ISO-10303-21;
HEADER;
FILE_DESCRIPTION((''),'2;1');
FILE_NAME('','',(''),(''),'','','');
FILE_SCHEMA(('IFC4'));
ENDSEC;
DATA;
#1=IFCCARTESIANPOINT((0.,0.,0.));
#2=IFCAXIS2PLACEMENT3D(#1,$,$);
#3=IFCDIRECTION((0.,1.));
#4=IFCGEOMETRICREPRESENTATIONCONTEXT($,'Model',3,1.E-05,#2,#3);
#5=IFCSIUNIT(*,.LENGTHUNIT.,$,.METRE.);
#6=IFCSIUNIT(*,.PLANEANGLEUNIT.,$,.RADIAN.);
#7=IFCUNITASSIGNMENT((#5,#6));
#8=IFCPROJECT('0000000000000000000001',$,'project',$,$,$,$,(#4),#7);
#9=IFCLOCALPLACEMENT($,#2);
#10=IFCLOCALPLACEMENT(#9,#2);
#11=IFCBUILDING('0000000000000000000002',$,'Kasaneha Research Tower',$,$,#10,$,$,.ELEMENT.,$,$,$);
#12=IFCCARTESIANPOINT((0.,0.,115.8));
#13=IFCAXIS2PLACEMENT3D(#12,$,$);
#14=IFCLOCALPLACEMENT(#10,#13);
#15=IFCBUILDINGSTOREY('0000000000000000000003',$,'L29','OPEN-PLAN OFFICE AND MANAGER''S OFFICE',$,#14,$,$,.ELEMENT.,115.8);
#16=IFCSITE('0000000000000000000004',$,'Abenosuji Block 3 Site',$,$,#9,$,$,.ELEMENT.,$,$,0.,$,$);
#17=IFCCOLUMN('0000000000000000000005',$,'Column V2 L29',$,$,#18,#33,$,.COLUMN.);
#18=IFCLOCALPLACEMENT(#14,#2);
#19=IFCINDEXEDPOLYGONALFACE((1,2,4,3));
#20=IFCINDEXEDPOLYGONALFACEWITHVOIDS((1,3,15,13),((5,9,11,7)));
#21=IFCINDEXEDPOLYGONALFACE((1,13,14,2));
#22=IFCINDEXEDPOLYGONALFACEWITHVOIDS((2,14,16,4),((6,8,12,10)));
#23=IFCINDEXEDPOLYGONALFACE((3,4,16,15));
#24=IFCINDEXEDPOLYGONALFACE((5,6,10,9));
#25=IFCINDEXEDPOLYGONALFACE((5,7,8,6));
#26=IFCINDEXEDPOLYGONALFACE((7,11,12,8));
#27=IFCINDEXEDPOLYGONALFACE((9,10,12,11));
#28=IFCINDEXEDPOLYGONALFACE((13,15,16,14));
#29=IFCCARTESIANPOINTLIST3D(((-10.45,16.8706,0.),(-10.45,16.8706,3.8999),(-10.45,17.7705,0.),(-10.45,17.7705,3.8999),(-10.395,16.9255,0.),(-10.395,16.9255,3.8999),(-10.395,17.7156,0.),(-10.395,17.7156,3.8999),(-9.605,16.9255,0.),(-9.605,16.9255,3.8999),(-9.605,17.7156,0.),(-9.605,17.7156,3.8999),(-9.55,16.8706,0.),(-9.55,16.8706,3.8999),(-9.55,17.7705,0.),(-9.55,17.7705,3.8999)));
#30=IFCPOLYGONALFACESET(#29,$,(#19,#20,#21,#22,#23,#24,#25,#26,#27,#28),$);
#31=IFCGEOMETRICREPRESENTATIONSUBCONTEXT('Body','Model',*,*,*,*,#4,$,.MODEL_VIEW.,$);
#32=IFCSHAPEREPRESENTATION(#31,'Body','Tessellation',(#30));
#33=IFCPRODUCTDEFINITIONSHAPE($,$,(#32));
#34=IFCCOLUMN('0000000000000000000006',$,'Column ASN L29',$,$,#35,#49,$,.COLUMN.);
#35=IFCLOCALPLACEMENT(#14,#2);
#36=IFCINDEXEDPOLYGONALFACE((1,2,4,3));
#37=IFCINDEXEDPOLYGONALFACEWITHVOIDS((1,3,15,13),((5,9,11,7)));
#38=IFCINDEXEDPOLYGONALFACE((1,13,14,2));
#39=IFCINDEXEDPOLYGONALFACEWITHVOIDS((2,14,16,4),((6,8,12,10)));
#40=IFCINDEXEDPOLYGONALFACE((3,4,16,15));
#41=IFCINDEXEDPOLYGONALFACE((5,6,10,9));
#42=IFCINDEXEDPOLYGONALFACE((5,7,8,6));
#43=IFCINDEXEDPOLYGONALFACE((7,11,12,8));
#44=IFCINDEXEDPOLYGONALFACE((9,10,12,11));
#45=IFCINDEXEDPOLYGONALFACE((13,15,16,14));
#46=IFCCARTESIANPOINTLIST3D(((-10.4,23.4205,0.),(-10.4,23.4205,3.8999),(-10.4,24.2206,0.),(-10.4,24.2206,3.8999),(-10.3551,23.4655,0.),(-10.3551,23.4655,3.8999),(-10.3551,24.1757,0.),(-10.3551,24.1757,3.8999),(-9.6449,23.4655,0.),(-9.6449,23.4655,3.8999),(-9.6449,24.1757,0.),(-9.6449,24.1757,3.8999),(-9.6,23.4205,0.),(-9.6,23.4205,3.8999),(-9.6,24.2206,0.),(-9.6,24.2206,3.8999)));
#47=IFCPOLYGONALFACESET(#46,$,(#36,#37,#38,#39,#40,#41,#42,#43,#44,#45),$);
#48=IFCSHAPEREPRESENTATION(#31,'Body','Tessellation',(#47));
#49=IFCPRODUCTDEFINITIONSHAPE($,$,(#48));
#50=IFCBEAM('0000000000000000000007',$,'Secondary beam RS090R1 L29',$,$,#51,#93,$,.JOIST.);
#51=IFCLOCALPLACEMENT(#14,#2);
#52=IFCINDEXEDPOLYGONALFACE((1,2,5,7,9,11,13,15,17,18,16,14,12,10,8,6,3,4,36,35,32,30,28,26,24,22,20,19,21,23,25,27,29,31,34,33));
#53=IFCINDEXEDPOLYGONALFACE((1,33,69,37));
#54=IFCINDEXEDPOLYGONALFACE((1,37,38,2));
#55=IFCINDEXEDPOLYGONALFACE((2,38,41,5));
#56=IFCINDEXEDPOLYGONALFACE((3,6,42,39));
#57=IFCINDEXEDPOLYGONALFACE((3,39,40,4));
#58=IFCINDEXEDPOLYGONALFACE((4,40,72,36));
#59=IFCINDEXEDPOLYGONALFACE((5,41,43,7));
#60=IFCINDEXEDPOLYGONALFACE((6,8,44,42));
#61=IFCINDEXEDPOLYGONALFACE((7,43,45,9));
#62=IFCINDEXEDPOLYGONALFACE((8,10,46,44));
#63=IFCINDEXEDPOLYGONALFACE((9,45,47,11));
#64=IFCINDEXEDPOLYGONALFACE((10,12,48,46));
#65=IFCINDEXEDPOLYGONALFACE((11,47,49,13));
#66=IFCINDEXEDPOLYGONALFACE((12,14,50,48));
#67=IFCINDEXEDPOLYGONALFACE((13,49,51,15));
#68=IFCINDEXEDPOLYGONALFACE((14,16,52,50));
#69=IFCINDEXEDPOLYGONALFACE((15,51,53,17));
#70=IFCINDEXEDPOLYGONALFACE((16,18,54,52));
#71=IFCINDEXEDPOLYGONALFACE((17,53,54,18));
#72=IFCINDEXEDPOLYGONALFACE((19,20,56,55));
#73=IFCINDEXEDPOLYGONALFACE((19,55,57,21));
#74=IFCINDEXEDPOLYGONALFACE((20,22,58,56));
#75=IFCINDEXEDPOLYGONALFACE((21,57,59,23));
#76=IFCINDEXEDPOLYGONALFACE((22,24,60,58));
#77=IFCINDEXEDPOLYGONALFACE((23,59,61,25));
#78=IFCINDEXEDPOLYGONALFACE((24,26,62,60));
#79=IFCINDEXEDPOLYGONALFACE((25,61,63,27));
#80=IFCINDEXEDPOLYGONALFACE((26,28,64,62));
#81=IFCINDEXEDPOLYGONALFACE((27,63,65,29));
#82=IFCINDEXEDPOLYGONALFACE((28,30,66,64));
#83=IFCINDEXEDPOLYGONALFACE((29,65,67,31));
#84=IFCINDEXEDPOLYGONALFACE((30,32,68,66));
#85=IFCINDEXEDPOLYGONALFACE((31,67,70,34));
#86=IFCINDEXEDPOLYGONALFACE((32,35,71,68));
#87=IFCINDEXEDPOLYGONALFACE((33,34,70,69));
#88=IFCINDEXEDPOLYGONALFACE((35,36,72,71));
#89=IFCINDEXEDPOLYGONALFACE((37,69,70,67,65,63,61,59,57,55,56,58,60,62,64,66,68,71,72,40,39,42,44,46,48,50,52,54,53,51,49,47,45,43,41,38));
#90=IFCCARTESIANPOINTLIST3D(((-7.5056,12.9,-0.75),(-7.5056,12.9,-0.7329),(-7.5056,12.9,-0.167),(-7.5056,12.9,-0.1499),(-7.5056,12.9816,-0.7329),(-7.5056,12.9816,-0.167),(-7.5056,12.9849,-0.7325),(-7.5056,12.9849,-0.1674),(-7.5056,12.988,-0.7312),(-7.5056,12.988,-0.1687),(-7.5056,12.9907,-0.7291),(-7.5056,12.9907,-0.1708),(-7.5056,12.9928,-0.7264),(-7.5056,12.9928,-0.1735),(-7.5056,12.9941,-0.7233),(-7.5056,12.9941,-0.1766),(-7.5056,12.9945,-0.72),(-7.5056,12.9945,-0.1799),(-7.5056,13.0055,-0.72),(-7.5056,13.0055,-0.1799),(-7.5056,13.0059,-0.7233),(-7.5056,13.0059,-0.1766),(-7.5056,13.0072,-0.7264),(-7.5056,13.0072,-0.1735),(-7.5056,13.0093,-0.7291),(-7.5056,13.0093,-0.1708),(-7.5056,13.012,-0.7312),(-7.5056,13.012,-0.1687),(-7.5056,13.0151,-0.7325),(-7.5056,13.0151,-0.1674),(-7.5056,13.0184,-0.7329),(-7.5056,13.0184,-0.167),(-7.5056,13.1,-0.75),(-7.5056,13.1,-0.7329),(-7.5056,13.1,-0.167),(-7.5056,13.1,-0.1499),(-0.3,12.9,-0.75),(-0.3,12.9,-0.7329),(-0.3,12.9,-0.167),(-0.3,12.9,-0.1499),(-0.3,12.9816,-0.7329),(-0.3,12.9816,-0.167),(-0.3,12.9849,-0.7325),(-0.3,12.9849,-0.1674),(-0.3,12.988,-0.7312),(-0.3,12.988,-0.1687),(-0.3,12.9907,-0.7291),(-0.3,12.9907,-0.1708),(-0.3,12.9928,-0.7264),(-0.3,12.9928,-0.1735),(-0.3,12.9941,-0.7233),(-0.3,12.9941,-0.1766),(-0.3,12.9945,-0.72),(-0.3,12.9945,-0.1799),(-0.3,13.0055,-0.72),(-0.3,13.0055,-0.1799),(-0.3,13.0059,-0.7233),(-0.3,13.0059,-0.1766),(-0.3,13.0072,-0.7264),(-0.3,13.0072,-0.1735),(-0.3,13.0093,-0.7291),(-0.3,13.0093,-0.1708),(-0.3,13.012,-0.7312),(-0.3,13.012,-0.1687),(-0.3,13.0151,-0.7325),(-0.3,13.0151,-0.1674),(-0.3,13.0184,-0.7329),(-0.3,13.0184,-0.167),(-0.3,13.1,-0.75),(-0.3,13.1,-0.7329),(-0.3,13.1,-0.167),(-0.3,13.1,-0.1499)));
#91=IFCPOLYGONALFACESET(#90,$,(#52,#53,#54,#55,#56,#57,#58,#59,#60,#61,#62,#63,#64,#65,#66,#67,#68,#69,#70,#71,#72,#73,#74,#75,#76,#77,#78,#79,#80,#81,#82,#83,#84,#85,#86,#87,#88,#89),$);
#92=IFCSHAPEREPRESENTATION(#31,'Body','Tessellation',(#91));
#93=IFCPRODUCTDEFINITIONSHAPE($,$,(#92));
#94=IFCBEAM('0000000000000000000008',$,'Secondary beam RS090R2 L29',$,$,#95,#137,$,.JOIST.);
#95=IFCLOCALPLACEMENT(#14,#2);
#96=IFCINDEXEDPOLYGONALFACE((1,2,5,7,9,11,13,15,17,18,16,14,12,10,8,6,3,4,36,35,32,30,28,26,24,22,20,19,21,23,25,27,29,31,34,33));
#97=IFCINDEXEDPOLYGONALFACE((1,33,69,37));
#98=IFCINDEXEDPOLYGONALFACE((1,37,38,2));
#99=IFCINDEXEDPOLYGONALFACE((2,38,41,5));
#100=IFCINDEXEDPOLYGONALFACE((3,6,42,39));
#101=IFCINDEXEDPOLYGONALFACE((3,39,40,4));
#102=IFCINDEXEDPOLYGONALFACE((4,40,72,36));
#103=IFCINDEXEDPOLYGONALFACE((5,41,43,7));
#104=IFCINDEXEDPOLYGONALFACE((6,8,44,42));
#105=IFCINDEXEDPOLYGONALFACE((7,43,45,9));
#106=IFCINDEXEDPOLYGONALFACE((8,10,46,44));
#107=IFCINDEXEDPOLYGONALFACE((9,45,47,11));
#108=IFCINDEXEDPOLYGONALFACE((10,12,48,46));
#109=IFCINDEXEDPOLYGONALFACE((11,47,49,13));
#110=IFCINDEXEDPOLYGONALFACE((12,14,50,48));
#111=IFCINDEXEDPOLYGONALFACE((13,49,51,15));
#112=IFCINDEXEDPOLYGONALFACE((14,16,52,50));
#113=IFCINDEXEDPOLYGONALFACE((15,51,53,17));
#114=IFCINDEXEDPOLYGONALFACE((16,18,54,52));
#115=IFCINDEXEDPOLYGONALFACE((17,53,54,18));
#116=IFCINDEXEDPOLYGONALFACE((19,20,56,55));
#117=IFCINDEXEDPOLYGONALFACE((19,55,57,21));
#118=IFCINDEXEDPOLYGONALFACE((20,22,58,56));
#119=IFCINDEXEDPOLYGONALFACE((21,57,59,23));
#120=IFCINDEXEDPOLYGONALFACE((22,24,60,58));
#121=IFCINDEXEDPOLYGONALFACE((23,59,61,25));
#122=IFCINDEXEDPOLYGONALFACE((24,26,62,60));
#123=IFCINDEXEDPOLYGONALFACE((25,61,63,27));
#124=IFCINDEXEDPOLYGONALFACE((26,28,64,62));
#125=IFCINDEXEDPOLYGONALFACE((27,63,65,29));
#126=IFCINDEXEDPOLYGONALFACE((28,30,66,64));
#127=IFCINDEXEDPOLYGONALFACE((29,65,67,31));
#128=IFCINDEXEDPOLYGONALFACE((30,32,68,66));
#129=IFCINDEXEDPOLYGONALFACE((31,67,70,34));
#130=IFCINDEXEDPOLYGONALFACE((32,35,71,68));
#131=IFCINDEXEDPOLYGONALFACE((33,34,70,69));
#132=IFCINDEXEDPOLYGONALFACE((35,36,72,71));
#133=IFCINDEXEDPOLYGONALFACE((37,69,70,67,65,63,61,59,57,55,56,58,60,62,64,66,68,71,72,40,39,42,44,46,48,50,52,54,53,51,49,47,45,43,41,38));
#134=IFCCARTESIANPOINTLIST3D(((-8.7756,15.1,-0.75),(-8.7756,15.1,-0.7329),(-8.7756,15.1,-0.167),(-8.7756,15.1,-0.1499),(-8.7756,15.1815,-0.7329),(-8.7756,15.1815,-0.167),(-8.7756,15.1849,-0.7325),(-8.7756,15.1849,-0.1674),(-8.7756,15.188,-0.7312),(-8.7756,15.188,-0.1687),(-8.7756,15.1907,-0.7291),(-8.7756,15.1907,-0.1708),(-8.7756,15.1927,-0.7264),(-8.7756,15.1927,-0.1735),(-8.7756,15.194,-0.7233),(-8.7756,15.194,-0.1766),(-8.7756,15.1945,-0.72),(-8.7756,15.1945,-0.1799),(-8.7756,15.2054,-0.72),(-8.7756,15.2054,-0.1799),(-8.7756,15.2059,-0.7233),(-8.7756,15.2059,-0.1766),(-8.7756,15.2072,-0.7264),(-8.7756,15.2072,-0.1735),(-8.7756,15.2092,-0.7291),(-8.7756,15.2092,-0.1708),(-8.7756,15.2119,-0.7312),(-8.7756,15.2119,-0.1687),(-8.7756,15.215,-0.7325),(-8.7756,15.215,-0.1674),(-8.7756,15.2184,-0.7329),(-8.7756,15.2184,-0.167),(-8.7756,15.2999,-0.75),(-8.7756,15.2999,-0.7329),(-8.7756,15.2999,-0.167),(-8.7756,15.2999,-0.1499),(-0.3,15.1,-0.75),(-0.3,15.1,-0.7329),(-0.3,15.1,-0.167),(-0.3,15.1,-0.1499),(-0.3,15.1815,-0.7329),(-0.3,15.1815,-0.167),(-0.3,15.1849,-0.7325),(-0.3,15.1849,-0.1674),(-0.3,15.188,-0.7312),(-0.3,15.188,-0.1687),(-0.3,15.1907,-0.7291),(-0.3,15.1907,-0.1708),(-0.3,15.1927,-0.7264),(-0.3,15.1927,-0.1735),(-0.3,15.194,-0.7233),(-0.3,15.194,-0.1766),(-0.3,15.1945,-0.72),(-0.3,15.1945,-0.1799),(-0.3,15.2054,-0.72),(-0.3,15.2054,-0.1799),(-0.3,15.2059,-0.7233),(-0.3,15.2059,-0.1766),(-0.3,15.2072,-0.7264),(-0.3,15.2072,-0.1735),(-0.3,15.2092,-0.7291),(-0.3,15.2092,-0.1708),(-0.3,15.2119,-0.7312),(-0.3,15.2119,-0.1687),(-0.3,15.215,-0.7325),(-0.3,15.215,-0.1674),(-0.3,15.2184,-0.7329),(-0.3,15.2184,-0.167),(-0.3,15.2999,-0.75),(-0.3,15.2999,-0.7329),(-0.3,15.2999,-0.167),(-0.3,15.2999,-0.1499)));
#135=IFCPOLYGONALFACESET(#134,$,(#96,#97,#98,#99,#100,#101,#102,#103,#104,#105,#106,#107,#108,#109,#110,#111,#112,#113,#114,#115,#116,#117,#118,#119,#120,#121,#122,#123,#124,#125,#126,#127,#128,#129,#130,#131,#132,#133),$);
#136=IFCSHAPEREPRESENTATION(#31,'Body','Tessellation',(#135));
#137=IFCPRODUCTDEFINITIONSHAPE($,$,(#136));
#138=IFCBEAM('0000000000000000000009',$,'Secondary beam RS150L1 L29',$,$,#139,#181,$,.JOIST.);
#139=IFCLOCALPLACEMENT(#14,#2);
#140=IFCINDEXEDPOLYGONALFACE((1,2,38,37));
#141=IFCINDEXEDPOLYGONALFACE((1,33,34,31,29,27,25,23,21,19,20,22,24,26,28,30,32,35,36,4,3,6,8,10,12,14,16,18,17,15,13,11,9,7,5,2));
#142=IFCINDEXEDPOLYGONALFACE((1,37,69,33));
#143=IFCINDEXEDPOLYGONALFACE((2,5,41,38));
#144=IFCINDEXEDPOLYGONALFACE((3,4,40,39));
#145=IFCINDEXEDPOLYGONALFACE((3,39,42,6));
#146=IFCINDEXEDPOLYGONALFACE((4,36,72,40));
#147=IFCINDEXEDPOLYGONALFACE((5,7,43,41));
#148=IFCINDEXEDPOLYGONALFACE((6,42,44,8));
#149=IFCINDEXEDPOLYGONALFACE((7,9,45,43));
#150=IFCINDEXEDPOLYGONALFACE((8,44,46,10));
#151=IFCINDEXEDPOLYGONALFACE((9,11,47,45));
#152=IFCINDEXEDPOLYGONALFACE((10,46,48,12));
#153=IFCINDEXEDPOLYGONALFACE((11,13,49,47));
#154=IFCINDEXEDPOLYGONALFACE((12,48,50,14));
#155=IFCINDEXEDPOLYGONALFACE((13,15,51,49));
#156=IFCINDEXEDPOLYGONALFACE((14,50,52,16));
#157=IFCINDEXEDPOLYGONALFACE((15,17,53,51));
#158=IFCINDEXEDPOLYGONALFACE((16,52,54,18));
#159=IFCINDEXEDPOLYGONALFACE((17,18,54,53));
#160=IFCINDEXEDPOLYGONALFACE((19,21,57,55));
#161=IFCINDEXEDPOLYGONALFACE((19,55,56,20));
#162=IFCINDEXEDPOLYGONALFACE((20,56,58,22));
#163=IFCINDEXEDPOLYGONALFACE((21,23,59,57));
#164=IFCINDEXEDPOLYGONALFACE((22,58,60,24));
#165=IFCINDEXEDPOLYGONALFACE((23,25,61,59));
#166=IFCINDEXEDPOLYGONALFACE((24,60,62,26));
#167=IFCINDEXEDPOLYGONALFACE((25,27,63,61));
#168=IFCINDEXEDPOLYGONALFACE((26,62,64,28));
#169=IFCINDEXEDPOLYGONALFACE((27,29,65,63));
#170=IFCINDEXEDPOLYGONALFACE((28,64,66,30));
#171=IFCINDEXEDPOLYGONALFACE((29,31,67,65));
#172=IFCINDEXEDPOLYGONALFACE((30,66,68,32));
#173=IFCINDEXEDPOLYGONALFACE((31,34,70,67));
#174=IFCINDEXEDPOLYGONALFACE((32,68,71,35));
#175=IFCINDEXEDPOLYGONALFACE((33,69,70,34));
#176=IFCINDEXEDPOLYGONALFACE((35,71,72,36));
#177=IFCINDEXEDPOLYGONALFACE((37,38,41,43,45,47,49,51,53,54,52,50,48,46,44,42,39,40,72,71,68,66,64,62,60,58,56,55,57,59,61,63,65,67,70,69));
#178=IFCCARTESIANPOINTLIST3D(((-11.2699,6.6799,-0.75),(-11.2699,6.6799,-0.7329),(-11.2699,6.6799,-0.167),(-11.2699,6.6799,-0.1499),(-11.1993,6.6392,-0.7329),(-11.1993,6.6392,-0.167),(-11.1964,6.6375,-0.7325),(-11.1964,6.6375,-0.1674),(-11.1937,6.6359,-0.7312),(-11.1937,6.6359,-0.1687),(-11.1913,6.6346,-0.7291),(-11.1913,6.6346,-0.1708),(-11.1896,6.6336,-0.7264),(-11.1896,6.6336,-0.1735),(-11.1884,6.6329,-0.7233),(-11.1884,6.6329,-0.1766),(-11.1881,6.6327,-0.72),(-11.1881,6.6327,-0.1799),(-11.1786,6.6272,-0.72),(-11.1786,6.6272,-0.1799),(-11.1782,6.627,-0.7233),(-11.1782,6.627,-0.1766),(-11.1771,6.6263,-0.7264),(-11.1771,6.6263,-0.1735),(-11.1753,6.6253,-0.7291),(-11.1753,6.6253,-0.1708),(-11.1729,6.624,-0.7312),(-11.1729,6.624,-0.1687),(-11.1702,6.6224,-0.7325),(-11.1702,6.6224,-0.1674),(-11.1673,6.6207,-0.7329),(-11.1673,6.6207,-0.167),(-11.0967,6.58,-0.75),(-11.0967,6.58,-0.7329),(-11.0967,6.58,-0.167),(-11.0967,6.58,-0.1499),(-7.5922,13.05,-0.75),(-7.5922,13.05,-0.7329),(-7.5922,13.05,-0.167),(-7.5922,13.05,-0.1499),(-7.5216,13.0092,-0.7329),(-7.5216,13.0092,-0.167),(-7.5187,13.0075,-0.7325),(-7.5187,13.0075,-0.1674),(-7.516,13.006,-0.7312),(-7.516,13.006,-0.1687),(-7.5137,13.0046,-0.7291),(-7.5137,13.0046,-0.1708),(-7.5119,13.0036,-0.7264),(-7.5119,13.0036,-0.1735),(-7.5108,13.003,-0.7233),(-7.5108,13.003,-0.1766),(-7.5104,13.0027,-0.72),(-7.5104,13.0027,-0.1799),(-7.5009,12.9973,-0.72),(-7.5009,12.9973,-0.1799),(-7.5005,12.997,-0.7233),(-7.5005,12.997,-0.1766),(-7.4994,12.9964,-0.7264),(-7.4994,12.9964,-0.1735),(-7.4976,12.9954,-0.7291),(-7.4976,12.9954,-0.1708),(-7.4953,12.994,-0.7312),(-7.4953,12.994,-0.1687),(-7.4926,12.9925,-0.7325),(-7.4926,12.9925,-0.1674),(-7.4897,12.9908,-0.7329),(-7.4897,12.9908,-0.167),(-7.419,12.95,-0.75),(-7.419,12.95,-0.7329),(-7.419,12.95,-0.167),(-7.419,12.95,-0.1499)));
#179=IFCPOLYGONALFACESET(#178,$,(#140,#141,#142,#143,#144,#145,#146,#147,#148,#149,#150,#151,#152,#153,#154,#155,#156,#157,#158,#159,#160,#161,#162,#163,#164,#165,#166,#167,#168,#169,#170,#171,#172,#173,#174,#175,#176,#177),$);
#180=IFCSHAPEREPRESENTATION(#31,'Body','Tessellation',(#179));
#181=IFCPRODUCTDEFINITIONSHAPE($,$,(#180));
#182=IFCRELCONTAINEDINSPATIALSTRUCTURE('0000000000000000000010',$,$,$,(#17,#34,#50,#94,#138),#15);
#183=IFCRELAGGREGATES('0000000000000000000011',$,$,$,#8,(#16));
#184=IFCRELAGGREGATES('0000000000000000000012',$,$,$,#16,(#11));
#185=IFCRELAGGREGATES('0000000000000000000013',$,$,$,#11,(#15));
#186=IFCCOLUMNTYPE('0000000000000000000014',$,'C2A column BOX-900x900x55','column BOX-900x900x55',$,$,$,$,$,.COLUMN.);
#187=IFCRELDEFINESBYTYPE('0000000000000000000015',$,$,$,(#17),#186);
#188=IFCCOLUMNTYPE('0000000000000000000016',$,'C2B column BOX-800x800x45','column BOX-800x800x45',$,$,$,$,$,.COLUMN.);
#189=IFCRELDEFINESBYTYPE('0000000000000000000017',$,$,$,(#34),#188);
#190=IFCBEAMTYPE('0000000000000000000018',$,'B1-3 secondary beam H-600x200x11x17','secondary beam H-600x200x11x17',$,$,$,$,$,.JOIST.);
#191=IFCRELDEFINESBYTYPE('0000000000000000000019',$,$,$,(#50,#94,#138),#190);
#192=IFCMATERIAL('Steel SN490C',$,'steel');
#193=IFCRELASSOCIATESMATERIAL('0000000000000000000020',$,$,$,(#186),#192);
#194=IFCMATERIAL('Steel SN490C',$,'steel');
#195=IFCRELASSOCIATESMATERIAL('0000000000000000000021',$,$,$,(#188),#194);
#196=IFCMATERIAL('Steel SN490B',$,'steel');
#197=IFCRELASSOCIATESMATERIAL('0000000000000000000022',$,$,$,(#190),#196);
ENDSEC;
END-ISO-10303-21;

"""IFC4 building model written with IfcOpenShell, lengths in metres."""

from ifc_helpers import new_model, si_unit, direction, frame, origin, origin_2d, place, context, subcontext, project, spatial, hollow_rectangle, i_section, extrude, material, material_profile, profile_set, type_object, element, save


model = new_model("IFC4")

# Units and contexts
model_context = context("Model", 3, precision=1e-05, world=origin(), true_north=direction((0.0, 1.0)))
body_context = subcontext(model_context, "Body", "Model", "MODEL_VIEW")
ifc_project = project(units=[si_unit("LENGTHUNIT", "METRE"), si_unit("PLANEANGLEUNIT", "RADIAN")], contexts=[model_context])

# Site, building, storey
site_placement = place(None, origin())
site = spatial("IfcSite", under=ifc_project, at=site_placement, Name="Abenosuji Block 3 Site", CompositionType="ELEMENT", RefElevation=0.0)
building_placement = place(site_placement, origin())
building = spatial("IfcBuilding", under=site, at=building_placement, Name="Kasaneha Research Tower", CompositionType="ELEMENT")
storey_placement = place(building_placement, frame((0.0, 0.0, 115.8)))
storey = spatial("IfcBuildingStorey", under=building, at=storey_placement, Name="L29", Description="OPEN-PLAN OFFICE AND MANAGER'S OFFICE", CompositionType="ELEMENT", Elevation=115.8)

# Columns
ifc_material_1 = material(Name="Steel SN490C", Category="steel")
ifc_material_profile_1 = material_profile(ifc_material_1, hollow_rectangle(XDim=0.8999, YDim=0.8999, WallThickness=0.0549, at=origin_2d()), Name="BOX-900x900x55")
ifc_profile_set_1 = profile_set([ifc_material_profile_1], Name="Steel SN490C")
column_type_1 = type_object("IfcColumnType", Name="C2A column BOX-900x900x55", Description="column BOX-900x900x55", PredefinedType="COLUMN", material=ifc_profile_set_1)
column_1_placement = place(storey_placement, frame((-10.0, 17.3206, 0.0), z_axis=(0.0, 0.0, 1.0), x_axis=(1.0, 0.0, 0.0)))
element("IfcColumn", 1, at=column_1_placement, inside=storey, type_object=column_type_1, Name="Column V2 L29", PredefinedType="COLUMN", context=body_context, shape_type="SweptSolid", body=[
    extrude(hollow_rectangle(XDim=0.8999, YDim=0.8999, WallThickness=0.0549, at=origin_2d()), origin(), (0.0, 0.0, 1.0), 3.8999),
])
ifc_material_2 = material(Name="Steel SN490C", Category="steel")
ifc_material_profile_2 = material_profile(ifc_material_2, hollow_rectangle(XDim=0.8, YDim=0.8, WallThickness=0.0449, at=origin_2d()), Name="BOX-800x800x45")
ifc_profile_set_2 = profile_set([ifc_material_profile_2], Name="Steel SN490C")
column_type_2 = type_object("IfcColumnType", Name="C2B column BOX-800x800x45", Description="column BOX-800x800x45", PredefinedType="COLUMN", material=ifc_profile_set_2)
column_2_placement = place(storey_placement, frame((-10.0, 23.8206, 0.0), z_axis=(0.0, 0.0, 1.0), x_axis=(1.0, 0.0, 0.0)))
element("IfcColumn", 2, at=column_2_placement, inside=storey, type_object=column_type_2, Name="Column ASN L29", PredefinedType="COLUMN", context=body_context, shape_type="SweptSolid", body=[
    extrude(hollow_rectangle(XDim=0.8, YDim=0.8, WallThickness=0.0449, at=origin_2d()), origin(), (0.0, 0.0, 1.0), 3.8999),
])

# Beams
ifc_material_3 = material(Name="Steel SN490B", Category="steel")
ifc_material_profile_3 = material_profile(ifc_material_3, i_section(OverallWidth=0.2, OverallDepth=0.6001, WebThickness=0.011, FlangeThickness=0.0171, FilletRadius=0.0129, at=origin_2d()), Name="H-600x200x11x17")
ifc_profile_set_3 = profile_set([ifc_material_profile_3], Name="Steel SN490B")
beam_type_1 = type_object("IfcBeamType", Name="B1-3 secondary beam H-600x200x11x17", Description="secondary beam H-600x200x11x17", PredefinedType="JOIST", material=ifc_profile_set_3)
beam_1_placement = place(storey_placement, frame((-7.5056, 13.0, -0.45), z_axis=(1.0, 0.0, 0.0), x_axis=(0.0, 1.0, 0.0)))
element("IfcBeam", 3, at=beam_1_placement, inside=storey, type_object=beam_type_1, Name="Secondary beam RS090R1 L29", PredefinedType="JOIST", context=body_context, shape_type="SweptSolid", body=[
    extrude(i_section(OverallWidth=0.2, OverallDepth=0.6001, WebThickness=0.011, FlangeThickness=0.0171, FilletRadius=0.0129, at=origin_2d()), origin(), (0.0, 0.0, 1.0), 7.2056),
])
beam_2_placement = place(storey_placement, frame((-8.7756, 15.2, -0.45), z_axis=(1.0, 0.0, 0.0), x_axis=(0.0, 1.0, 0.0)))
element("IfcBeam", 4, at=beam_2_placement, inside=storey, type_object=beam_type_1, Name="Secondary beam RS090R2 L29", PredefinedType="JOIST", context=body_context, shape_type="SweptSolid", body=[
    extrude(i_section(OverallWidth=0.2, OverallDepth=0.6001, WebThickness=0.011, FlangeThickness=0.0171, FilletRadius=0.0129, at=origin_2d()), origin(), (0.0, 0.0, 1.0), 8.4756),
])
beam_3_placement = place(storey_placement, frame((-7.5056, 13.0, -0.45), z_axis=(-0.499994, -0.866029, 0.0), x_axis=(0.866029, -0.499994, 0.0)))
element("IfcBeam", 5, at=beam_3_placement, inside=storey, type_object=beam_type_1, Name="Secondary beam RS150L1 L29", PredefinedType="JOIST", context=body_context, shape_type="SweptSolid", body=[
    extrude(i_section(OverallWidth=0.2, OverallDepth=0.6001, WebThickness=0.011, FlangeThickness=0.0171, FilletRadius=0.0129, at=origin_2d()), origin(), (0.0, 0.0, 1.0), 7.3555),
])

save(model, "model.ifc")
